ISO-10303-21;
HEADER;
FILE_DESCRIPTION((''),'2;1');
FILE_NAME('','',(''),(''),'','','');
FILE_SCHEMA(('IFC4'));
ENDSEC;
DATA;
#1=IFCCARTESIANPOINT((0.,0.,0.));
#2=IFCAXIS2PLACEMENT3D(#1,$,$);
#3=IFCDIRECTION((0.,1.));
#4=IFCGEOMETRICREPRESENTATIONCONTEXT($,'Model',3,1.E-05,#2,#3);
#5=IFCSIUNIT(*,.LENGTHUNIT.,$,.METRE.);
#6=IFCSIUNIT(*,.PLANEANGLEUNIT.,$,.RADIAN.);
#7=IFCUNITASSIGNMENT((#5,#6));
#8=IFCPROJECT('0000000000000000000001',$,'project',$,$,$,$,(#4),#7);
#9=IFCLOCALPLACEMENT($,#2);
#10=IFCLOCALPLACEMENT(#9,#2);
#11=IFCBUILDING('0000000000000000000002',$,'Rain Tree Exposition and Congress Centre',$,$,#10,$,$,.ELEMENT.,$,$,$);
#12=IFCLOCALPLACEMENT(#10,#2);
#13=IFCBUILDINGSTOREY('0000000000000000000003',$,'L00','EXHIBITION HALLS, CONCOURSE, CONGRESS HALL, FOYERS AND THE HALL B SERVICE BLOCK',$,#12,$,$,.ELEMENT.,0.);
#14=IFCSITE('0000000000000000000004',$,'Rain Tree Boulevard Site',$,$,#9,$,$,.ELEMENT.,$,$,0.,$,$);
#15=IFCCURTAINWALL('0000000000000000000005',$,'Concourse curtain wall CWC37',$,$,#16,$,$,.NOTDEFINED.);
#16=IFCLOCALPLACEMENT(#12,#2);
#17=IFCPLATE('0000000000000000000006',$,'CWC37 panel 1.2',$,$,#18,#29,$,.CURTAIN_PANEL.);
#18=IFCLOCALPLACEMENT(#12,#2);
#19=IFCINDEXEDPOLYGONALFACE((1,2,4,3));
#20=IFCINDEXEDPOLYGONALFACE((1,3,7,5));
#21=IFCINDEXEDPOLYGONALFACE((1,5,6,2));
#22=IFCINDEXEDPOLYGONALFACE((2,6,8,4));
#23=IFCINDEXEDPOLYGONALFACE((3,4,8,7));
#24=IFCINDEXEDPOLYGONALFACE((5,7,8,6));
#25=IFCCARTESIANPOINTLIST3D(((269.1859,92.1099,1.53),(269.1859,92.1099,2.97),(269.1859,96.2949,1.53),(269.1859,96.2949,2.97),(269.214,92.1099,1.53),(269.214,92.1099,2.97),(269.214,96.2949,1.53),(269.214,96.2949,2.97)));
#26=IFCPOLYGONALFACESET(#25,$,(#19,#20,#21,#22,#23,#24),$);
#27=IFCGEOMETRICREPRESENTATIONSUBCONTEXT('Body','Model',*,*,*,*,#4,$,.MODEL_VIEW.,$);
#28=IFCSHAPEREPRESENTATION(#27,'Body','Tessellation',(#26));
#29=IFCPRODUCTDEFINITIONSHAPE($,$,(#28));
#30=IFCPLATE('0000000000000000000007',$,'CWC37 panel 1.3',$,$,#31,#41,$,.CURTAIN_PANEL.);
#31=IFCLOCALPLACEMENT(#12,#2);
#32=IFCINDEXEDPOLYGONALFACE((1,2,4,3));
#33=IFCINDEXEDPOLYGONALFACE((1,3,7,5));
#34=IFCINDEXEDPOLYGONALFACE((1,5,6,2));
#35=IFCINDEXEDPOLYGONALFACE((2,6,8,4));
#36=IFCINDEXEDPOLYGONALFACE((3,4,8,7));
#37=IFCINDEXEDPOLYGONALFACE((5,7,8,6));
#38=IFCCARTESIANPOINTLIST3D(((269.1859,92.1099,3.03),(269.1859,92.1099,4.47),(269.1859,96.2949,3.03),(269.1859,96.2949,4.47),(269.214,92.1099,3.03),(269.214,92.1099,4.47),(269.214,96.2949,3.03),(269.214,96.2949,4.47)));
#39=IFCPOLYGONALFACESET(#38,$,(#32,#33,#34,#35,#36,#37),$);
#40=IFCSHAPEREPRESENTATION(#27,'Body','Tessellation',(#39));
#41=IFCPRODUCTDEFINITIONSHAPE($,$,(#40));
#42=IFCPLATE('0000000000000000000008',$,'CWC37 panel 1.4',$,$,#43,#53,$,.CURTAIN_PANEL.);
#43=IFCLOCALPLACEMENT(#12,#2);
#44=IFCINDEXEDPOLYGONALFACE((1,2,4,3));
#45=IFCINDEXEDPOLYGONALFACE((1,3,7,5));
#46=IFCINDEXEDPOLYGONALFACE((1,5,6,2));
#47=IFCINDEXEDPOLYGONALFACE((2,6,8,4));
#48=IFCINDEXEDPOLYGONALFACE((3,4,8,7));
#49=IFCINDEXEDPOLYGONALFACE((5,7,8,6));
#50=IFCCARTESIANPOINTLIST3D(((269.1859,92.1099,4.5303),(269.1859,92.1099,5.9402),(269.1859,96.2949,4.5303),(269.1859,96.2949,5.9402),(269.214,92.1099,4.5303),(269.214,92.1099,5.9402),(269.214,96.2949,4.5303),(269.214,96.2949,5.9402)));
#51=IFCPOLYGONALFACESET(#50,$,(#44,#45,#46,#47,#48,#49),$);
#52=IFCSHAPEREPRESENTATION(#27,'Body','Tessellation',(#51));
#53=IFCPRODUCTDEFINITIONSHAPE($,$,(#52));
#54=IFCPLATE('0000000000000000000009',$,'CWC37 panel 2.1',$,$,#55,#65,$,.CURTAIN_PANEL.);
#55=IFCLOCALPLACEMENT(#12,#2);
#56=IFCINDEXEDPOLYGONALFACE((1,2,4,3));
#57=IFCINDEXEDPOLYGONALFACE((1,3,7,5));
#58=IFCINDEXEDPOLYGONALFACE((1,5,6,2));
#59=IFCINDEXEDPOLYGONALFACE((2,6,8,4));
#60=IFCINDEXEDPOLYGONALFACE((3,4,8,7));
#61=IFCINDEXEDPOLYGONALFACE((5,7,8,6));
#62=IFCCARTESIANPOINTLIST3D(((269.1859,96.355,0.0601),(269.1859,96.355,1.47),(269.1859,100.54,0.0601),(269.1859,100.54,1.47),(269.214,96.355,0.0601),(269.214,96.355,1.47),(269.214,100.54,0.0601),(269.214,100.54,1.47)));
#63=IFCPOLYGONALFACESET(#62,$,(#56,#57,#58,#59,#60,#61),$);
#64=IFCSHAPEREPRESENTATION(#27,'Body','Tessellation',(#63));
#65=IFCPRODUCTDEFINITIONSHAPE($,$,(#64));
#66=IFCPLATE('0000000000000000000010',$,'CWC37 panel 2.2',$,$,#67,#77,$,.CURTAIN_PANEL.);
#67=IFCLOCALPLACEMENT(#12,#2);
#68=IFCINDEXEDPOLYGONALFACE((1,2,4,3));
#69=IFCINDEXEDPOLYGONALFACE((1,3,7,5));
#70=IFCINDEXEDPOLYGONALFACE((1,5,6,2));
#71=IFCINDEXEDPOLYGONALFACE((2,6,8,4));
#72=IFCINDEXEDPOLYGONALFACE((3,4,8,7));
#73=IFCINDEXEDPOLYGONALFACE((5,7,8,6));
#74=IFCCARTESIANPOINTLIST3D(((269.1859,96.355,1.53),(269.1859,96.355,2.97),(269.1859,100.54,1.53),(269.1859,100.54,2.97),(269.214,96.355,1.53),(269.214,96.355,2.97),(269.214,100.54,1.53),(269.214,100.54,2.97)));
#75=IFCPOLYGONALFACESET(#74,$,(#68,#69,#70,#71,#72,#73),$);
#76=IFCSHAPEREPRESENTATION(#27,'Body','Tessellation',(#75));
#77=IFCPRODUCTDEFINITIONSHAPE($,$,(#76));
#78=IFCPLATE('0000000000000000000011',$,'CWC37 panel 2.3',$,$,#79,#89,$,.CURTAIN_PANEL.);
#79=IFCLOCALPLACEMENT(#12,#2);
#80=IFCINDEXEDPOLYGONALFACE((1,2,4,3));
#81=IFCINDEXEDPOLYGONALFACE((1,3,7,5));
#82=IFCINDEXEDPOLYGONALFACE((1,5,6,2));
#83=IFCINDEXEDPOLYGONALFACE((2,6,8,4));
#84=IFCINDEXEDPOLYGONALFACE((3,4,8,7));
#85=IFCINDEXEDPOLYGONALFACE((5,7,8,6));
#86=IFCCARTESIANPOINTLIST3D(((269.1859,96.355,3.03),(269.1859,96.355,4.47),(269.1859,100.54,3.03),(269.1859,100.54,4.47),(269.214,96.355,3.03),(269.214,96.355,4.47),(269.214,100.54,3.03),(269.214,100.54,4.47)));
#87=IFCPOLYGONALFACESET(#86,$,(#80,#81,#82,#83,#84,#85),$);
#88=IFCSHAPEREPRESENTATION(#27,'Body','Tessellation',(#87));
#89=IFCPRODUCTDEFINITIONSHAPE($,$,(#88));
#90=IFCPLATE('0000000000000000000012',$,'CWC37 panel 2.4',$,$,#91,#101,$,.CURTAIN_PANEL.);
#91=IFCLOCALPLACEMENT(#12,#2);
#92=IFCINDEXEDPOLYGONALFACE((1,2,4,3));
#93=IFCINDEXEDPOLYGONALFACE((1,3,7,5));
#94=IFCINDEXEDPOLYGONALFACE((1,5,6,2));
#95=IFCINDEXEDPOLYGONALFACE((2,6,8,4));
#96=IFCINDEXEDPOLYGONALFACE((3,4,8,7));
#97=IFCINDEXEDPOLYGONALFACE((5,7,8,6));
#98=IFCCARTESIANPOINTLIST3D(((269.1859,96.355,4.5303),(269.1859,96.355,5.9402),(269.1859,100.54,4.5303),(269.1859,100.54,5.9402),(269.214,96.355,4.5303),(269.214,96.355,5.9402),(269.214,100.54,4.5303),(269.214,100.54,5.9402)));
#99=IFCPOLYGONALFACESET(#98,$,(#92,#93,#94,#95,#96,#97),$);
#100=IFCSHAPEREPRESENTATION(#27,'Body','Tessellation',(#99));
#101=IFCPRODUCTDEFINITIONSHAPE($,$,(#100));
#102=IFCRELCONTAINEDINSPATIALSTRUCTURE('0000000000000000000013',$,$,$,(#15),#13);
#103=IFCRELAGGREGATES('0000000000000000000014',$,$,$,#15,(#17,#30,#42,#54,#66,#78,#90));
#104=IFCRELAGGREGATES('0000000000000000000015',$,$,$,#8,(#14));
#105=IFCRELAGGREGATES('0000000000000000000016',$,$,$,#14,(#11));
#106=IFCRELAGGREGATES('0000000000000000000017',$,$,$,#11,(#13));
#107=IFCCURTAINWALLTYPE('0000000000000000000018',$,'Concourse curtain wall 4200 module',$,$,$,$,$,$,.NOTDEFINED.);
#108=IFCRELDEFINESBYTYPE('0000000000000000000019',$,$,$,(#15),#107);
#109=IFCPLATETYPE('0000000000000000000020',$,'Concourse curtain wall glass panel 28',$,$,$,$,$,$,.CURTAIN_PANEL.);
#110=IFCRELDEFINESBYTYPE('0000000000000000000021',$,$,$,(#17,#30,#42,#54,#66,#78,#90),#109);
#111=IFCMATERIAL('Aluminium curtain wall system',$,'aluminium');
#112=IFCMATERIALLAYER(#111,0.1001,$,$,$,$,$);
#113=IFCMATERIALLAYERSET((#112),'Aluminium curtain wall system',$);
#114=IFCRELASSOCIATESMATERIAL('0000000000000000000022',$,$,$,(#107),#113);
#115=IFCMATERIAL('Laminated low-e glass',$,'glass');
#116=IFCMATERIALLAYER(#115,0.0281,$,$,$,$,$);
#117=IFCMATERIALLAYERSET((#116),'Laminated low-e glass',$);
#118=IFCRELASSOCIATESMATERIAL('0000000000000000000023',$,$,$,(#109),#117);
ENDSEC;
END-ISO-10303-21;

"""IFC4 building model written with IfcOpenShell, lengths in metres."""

from ifc_helpers import new_model, si_unit, direction, frame, origin, origin_2d, place, context, subcontext, project, spatial, rectangle, extrude, material, layer, layer_set, type_object, element, aggregate, save


model = new_model("IFC4")

# Units and contexts
model_context = context("Model", 3, precision=1e-05, world=origin(), true_north=direction((0.0, 1.0)))
body_context = subcontext(model_context, "Body", "Model", "MODEL_VIEW")
ifc_project = project(units=[si_unit("LENGTHUNIT", "METRE"), si_unit("PLANEANGLEUNIT", "RADIAN")], contexts=[model_context])

# Site, building, storey
site_placement = place(None, origin())
site = spatial("IfcSite", under=ifc_project, at=site_placement, Name="Rain Tree Boulevard Site", CompositionType="ELEMENT", RefElevation=0.0)
building_placement = place(site_placement, origin())
building = spatial("IfcBuilding", under=site, at=building_placement, Name="Rain Tree Exposition and Congress Centre", CompositionType="ELEMENT")
storey_placement = place(building_placement, origin())
storey = spatial("IfcBuildingStorey", under=building, at=storey_placement, Name="L00", Description="EXHIBITION HALLS, CONCOURSE, CONGRESS HALL, FOYERS AND THE HALL B SERVICE BLOCK", CompositionType="ELEMENT", Elevation=0.0)

# Curtain wall
ifc_material_1 = material(Name="Aluminium curtain wall system", Category="aluminium")
ifc_layer_1 = layer(ifc_material_1, 0.1001)
ifc_layer_set_1 = layer_set([ifc_layer_1], Name="Aluminium curtain wall system")
curtain_wall_type = type_object("IfcCurtainWallType", Name="Concourse curtain wall 4200 module", PredefinedType="NOTDEFINED", material=ifc_layer_set_1)
curtain_wall_1_placement = place(storey_placement, origin())
curtain_wall_1 = element("IfcCurtainWall", 1, at=curtain_wall_1_placement, inside=storey, type_object=curtain_wall_type, Name="Concourse curtain wall CWC37", PredefinedType="NOTDEFINED")

# Plates
ifc_material_2 = material(Name="Laminated low-e glass", Category="glass")
ifc_layer_2 = layer(ifc_material_2, 0.0281)
ifc_layer_set_2 = layer_set([ifc_layer_2], Name="Laminated low-e glass")
plate_type = type_object("IfcPlateType", Name="Concourse curtain wall glass panel 28", PredefinedType="CURTAIN_PANEL", material=ifc_layer_set_2)
plate_1_placement = place(storey_placement, frame((269.2, 94.2024, 1.53), z_axis=(0.0, 0.0, 1.0), x_axis=(0.0, 1.0, 0.0)))
plate_1 = element("IfcPlate", 2, at=plate_1_placement, type_object=plate_type, Name="CWC37 panel 1.2", PredefinedType="CURTAIN_PANEL", context=body_context, shape_type="SweptSolid", body=[
    extrude(rectangle(XDim=4.1851, YDim=0.0281, at=origin_2d()), origin(), (0.0, 0.0, 1.0), 1.4399),
])
plate_2_placement = place(storey_placement, frame((269.2, 94.2024, 3.03), z_axis=(0.0, 0.0, 1.0), x_axis=(0.0, 1.0, 0.0)))
plate_2 = element("IfcPlate", 3, at=plate_2_placement, type_object=plate_type, Name="CWC37 panel 1.3", PredefinedType="CURTAIN_PANEL", context=body_context, shape_type="SweptSolid", body=[
    extrude(rectangle(XDim=4.1851, YDim=0.0281, at=origin_2d()), origin(), (0.0, 0.0, 1.0), 1.4399),
])
plate_3_placement = place(storey_placement, frame((269.2, 94.2024, 4.5303), z_axis=(0.0, 0.0, 1.0), x_axis=(0.0, 1.0, 0.0)))
plate_3 = element("IfcPlate", 4, at=plate_3_placement, type_object=plate_type, Name="CWC37 panel 1.4", PredefinedType="CURTAIN_PANEL", context=body_context, shape_type="SweptSolid", body=[
    extrude(rectangle(XDim=4.1851, YDim=0.0281, at=origin_2d()), origin(), (0.0, 0.0, 1.0), 1.4099),
])
plate_4_placement = place(storey_placement, frame((269.2, 98.4475, 0.0601), z_axis=(0.0, 0.0, 1.0), x_axis=(0.0, 1.0, 0.0)))
plate_4 = element("IfcPlate", 5, at=plate_4_placement, type_object=plate_type, Name="CWC37 panel 2.1", PredefinedType="CURTAIN_PANEL", context=body_context, shape_type="SweptSolid", body=[
    extrude(rectangle(XDim=4.1851, YDim=0.0281, at=origin_2d()), origin(), (0.0, 0.0, 1.0), 1.4099),
])
plate_5_placement = place(storey_placement, frame((269.2, 98.4475, 1.53), z_axis=(0.0, 0.0, 1.0), x_axis=(0.0, 1.0, 0.0)))
plate_5 = element("IfcPlate", 6, at=plate_5_placement, type_object=plate_type, Name="CWC37 panel 2.2", PredefinedType="CURTAIN_PANEL", context=body_context, shape_type="SweptSolid", body=[
    extrude(rectangle(XDim=4.1851, YDim=0.0281, at=origin_2d()), origin(), (0.0, 0.0, 1.0), 1.4399),
])
plate_6_placement = place(storey_placement, frame((269.2, 98.4475, 3.03), z_axis=(0.0, 0.0, 1.0), x_axis=(0.0, 1.0, 0.0)))
plate_6 = element("IfcPlate", 7, at=plate_6_placement, type_object=plate_type, Name="CWC37 panel 2.3", PredefinedType="CURTAIN_PANEL", context=body_context, shape_type="SweptSolid", body=[
    extrude(rectangle(XDim=4.1851, YDim=0.0281, at=origin_2d()), origin(), (0.0, 0.0, 1.0), 1.4399),
])
plate_7_placement = place(storey_placement, frame((269.2, 98.4475, 4.5303), z_axis=(0.0, 0.0, 1.0), x_axis=(0.0, 1.0, 0.0)))
plate_7 = element("IfcPlate", 8, at=plate_7_placement, type_object=plate_type, Name="CWC37 panel 2.4", PredefinedType="CURTAIN_PANEL", context=body_context, shape_type="SweptSolid", body=[
    extrude(rectangle(XDim=4.1851, YDim=0.0281, at=origin_2d()), origin(), (0.0, 0.0, 1.0), 1.4099),
])
aggregate(curtain_wall_1, [plate_1, plate_2, plate_3, plate_4, plate_5, plate_6, plate_7])

save(model, "model.ifc")
